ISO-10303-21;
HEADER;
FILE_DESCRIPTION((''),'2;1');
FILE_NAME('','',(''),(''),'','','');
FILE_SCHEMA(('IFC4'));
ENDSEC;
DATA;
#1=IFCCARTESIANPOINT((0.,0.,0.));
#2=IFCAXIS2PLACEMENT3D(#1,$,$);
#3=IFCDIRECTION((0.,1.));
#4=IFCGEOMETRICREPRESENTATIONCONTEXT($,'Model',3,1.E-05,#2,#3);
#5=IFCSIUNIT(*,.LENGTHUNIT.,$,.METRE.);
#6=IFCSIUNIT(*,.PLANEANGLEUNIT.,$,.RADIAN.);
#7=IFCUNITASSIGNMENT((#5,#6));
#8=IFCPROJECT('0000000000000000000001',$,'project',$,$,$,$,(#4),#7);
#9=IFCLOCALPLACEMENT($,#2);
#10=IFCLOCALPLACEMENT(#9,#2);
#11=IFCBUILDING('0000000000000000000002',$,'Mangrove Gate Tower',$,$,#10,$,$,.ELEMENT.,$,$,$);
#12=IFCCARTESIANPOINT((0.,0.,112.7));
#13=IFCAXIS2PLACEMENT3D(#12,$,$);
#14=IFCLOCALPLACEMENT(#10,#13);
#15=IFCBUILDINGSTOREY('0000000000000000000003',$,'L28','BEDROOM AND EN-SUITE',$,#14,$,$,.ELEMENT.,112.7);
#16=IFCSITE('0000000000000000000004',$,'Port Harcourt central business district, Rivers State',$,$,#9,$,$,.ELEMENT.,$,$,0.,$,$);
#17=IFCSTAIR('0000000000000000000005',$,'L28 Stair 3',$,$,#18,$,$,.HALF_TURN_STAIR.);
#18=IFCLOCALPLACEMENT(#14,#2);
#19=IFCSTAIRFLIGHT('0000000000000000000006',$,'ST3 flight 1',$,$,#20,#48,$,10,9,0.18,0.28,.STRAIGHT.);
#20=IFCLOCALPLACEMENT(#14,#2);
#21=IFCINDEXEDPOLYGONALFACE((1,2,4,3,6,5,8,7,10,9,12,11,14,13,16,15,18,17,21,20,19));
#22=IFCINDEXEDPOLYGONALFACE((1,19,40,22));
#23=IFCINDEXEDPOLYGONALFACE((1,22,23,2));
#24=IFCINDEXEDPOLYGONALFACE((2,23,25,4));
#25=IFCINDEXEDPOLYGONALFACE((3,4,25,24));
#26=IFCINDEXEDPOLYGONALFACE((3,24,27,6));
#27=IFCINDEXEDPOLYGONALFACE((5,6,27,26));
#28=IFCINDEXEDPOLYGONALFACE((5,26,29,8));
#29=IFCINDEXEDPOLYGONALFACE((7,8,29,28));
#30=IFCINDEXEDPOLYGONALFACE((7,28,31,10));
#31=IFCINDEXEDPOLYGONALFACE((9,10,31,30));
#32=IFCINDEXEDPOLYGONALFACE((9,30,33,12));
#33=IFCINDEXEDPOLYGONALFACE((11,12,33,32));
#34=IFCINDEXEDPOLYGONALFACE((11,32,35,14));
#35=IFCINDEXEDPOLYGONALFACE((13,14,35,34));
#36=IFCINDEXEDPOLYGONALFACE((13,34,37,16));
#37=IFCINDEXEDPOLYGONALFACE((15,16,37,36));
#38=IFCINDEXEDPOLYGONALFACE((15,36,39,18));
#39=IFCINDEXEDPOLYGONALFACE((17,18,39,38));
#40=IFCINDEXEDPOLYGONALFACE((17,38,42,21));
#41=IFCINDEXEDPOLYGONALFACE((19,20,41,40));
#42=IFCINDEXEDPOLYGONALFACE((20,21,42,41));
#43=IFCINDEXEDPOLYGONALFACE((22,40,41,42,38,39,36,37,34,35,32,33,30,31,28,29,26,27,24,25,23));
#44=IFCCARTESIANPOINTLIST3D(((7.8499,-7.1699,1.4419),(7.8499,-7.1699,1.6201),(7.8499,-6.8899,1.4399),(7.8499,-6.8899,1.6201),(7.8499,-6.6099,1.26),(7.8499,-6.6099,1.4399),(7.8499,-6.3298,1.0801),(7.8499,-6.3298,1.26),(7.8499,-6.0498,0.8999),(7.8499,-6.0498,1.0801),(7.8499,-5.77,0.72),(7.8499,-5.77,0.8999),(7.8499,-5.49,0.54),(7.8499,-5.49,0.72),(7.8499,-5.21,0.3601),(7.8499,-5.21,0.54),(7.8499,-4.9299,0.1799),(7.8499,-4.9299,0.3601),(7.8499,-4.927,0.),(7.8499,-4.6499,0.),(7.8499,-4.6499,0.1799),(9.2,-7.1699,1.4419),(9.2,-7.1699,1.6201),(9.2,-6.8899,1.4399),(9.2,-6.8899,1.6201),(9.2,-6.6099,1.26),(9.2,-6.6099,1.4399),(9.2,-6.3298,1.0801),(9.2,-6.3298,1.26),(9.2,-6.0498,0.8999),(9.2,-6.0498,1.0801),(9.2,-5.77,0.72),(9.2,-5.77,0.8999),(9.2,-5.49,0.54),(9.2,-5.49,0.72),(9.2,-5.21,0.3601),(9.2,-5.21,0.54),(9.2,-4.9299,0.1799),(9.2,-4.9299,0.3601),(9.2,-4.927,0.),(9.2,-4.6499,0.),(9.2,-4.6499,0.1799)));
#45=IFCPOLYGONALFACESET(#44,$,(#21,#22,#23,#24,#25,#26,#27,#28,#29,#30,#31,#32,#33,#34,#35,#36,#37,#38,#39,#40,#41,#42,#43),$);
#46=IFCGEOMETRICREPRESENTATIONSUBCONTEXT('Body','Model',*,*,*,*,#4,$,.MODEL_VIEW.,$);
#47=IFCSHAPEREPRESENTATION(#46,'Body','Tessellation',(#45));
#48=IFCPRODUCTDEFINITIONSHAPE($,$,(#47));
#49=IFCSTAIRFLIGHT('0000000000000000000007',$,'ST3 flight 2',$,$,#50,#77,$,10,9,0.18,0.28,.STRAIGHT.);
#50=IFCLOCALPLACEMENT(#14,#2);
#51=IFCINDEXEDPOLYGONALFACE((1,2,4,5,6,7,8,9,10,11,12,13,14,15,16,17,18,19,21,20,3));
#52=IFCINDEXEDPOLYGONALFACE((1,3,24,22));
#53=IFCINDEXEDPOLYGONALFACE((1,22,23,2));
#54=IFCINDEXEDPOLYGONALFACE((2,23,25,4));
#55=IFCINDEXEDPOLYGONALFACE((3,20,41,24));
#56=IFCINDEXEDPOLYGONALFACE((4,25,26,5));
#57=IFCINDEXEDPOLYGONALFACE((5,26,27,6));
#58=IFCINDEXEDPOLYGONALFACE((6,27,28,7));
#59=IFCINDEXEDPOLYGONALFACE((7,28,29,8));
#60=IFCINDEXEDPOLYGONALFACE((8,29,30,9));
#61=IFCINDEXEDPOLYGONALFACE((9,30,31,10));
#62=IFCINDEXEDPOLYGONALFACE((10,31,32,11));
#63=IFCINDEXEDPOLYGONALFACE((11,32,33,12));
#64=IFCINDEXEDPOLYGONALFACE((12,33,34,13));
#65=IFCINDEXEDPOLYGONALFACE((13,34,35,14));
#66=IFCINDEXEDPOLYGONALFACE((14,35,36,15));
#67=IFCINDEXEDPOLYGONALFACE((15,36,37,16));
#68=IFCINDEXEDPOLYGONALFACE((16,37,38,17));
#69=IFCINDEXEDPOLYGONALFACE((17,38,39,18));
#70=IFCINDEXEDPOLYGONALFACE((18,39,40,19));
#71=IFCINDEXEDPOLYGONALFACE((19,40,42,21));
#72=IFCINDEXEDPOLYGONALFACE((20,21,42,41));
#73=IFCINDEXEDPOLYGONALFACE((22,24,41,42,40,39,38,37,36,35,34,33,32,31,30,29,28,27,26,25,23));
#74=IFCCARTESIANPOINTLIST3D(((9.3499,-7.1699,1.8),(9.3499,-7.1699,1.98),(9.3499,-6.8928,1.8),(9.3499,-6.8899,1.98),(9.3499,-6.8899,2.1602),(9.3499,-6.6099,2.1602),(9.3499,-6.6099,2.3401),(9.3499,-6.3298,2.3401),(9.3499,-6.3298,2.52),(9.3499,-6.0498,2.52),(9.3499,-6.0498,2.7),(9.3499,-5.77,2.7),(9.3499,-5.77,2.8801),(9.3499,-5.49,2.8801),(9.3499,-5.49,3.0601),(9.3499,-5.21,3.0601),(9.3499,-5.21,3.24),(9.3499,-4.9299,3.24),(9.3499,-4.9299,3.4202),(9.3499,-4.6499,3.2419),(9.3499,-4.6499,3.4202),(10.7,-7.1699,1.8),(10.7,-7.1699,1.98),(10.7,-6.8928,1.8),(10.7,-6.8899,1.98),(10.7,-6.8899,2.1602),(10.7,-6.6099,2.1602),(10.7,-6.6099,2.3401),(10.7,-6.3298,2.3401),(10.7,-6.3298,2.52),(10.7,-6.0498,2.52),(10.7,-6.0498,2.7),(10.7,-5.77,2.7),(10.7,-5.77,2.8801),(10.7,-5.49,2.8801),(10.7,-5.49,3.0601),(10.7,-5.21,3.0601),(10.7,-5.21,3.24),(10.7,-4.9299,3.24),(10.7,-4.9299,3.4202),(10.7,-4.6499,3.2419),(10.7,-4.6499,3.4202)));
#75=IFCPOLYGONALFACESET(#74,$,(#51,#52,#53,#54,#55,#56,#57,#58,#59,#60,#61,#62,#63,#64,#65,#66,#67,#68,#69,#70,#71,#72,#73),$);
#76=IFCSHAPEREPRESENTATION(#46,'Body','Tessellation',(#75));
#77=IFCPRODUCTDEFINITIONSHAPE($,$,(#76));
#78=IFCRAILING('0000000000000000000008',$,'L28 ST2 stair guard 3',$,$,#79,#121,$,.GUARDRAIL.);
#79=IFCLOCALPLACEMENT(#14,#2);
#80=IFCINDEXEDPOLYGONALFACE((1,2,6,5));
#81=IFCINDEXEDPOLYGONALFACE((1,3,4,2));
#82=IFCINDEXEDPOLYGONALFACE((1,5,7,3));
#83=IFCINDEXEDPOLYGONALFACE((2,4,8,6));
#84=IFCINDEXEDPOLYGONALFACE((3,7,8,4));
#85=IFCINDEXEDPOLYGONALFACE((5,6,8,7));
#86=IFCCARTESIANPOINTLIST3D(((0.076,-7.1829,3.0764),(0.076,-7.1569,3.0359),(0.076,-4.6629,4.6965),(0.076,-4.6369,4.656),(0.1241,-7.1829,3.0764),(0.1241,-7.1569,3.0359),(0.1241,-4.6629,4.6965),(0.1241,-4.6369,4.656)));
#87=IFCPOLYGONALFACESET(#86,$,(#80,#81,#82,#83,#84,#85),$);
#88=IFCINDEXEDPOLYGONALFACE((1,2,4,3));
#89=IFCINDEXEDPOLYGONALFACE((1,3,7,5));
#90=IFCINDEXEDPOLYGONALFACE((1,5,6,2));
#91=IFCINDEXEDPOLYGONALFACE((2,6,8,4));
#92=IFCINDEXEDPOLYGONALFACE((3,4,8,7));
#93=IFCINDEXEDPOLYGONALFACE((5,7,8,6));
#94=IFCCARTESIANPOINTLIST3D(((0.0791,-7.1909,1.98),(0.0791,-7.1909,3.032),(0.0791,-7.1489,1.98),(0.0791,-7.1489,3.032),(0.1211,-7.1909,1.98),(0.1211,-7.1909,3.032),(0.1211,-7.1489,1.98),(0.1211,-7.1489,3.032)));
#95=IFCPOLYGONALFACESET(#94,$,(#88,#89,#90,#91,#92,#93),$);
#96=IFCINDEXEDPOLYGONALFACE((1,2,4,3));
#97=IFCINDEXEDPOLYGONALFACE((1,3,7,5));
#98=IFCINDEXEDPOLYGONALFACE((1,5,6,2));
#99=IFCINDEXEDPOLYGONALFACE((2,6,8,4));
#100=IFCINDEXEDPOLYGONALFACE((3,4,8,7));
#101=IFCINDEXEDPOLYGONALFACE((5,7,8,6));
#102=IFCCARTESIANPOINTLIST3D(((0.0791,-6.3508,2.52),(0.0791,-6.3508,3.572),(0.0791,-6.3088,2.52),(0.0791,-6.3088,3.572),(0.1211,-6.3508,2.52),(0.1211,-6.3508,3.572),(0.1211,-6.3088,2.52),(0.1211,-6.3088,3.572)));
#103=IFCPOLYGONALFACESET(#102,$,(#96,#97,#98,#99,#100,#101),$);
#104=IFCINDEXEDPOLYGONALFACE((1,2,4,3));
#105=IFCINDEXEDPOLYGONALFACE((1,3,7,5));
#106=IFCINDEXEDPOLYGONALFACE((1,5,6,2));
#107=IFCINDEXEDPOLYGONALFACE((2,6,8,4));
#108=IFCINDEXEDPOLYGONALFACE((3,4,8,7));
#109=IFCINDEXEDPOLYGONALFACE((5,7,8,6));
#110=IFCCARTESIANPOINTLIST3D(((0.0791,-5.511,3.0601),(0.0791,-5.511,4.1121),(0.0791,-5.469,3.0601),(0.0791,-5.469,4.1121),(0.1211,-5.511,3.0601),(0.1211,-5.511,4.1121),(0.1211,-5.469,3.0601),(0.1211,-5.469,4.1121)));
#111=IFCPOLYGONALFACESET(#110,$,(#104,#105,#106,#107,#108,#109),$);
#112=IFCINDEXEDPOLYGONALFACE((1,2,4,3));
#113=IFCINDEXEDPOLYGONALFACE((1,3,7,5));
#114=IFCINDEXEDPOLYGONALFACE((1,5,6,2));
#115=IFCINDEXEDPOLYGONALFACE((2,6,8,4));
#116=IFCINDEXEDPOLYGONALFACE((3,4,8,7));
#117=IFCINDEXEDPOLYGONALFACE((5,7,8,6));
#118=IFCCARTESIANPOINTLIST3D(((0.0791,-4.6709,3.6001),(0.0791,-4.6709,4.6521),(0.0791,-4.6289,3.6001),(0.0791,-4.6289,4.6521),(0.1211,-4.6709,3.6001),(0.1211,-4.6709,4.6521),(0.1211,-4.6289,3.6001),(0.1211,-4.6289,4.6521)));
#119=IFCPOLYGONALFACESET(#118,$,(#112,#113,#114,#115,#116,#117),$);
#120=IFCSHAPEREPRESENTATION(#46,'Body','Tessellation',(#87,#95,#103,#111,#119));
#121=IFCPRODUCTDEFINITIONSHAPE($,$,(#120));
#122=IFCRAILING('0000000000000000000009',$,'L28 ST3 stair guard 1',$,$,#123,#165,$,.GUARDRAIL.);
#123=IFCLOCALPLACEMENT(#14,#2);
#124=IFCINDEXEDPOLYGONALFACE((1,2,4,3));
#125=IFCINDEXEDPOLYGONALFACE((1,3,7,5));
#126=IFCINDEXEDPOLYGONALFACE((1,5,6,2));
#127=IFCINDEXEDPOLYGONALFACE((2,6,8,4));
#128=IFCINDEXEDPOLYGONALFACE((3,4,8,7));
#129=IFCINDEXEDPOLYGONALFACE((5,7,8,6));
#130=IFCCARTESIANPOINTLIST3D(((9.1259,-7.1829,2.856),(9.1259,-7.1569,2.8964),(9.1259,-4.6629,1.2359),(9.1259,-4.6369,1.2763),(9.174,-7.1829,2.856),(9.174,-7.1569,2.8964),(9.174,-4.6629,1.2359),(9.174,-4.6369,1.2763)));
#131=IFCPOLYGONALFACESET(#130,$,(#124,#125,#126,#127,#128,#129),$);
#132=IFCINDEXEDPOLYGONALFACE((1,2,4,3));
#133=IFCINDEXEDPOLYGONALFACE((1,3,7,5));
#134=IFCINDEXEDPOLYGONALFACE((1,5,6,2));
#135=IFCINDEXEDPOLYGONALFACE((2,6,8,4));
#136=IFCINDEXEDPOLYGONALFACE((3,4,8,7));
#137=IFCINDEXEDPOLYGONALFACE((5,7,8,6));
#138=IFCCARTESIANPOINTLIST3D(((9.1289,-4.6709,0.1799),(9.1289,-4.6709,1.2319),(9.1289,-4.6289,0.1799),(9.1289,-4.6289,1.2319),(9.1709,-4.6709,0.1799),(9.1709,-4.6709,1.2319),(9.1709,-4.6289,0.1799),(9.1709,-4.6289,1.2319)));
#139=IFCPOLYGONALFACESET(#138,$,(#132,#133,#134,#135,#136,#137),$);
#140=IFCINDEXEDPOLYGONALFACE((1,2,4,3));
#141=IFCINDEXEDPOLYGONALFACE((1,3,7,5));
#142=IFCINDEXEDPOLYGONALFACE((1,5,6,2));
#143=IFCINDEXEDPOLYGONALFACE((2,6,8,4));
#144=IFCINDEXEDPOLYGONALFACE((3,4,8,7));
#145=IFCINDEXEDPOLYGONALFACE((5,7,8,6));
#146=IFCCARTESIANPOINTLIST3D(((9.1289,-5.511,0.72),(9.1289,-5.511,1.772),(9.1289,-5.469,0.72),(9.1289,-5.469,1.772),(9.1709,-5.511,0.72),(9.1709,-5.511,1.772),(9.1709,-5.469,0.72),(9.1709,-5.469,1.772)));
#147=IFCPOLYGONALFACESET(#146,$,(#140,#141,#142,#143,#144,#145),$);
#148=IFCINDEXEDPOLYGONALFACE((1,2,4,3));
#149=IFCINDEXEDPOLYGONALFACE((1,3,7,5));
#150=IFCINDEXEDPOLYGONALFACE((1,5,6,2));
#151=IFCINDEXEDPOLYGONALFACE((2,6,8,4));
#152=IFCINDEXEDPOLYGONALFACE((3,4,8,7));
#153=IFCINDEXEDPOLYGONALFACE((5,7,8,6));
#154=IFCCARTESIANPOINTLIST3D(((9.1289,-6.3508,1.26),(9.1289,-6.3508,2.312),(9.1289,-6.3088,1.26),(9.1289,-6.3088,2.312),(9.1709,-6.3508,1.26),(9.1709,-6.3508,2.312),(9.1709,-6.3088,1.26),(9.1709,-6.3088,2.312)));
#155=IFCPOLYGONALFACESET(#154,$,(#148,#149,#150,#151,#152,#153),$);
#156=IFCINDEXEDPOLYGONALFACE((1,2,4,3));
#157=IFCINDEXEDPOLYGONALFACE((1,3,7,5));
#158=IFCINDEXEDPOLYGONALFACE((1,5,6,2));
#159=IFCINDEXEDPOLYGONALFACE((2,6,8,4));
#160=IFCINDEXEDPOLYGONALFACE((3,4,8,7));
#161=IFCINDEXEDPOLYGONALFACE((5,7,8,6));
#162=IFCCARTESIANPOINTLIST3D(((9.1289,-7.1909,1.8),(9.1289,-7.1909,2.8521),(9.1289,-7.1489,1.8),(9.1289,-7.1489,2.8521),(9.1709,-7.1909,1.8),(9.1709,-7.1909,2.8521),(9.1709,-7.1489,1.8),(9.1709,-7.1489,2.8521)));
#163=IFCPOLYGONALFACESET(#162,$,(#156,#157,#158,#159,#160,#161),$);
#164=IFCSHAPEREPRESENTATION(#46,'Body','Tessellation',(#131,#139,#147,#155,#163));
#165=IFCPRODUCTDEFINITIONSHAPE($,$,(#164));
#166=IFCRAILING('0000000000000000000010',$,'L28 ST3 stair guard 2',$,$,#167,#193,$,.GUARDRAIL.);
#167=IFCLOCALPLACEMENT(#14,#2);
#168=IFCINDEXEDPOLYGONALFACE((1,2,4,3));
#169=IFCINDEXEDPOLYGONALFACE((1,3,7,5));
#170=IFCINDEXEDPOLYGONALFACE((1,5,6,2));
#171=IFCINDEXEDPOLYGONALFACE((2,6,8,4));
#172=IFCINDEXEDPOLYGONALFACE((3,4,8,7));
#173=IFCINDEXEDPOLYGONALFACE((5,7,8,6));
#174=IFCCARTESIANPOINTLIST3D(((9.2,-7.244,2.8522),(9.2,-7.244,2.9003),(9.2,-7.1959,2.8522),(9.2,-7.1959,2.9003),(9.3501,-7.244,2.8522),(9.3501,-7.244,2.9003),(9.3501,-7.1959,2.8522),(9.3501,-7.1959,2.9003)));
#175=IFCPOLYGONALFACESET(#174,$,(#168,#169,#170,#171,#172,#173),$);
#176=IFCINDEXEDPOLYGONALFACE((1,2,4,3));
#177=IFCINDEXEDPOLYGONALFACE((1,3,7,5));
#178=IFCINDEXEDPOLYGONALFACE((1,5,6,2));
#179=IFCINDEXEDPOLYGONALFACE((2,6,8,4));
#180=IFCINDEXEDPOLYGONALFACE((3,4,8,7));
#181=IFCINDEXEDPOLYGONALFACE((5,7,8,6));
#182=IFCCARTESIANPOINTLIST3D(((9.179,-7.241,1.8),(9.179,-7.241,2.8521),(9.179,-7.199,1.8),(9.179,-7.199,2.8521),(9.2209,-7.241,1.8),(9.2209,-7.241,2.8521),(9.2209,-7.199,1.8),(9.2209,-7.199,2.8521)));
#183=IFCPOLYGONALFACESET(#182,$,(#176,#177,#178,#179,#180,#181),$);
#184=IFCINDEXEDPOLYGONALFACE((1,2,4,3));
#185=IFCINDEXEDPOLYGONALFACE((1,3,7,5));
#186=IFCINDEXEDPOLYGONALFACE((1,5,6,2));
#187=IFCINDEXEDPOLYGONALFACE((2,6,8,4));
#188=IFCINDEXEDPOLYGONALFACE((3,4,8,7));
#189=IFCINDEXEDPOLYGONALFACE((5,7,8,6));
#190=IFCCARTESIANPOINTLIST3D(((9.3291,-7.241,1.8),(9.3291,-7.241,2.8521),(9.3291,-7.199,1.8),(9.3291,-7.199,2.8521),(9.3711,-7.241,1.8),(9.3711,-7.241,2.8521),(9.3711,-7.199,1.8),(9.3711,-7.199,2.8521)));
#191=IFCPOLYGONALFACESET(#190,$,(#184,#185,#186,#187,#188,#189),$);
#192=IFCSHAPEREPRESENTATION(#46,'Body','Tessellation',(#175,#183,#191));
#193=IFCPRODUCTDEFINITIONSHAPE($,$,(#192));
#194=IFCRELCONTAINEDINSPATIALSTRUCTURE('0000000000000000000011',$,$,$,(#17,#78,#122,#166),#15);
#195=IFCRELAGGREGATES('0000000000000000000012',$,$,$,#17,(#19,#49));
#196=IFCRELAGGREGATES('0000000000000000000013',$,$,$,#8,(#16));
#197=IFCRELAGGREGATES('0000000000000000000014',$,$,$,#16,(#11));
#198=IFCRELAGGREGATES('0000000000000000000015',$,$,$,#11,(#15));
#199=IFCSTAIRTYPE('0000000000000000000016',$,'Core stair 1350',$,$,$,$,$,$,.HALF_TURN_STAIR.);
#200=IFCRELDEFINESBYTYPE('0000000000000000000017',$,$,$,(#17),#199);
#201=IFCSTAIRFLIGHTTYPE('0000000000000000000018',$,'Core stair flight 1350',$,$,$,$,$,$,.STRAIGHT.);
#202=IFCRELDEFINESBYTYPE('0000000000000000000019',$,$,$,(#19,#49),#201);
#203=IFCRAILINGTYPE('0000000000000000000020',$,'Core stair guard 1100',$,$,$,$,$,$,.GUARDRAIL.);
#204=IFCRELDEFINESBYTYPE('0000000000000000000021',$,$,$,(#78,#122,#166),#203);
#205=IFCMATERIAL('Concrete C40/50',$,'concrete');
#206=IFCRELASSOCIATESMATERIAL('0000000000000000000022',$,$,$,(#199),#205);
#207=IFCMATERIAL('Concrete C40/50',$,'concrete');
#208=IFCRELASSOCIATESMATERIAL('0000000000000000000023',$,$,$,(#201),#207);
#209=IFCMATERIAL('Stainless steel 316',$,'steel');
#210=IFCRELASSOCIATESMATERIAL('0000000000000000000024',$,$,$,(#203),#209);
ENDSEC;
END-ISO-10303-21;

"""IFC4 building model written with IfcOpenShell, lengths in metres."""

from ifc_helpers import new_model, si_unit, direction, frame, origin, origin_2d, place, context, subcontext, project, spatial, polyline, rectangle, outline, extrude, material, type_object, element, aggregate, save


model = new_model("IFC4")

# Units and contexts
model_context = context("Model", 3, precision=1e-05, world=origin(), true_north=direction((0.0, 1.0)))
body_context = subcontext(model_context, "Body", "Model", "MODEL_VIEW")
ifc_project = project(units=[si_unit("LENGTHUNIT", "METRE"), si_unit("PLANEANGLEUNIT", "RADIAN")], contexts=[model_context])

# Site, building, storey
site_placement = place(None, origin())
site = spatial("IfcSite", under=ifc_project, at=site_placement, Name="Port Harcourt central business district, Rivers State", CompositionType="ELEMENT", RefElevation=0.0)
building_placement = place(site_placement, origin())
building = spatial("IfcBuilding", under=site, at=building_placement, Name="Mangrove Gate Tower", CompositionType="ELEMENT")
storey_placement = place(building_placement, frame((0.0, 0.0, 112.7)))
storey = spatial("IfcBuildingStorey", under=building, at=storey_placement, Name="L28", Description="BEDROOM AND EN-SUITE", CompositionType="ELEMENT", Elevation=112.7)

# Shared definitions
ifc_material_1 = material(Name="Concrete C40/50", Category="concrete")
stair_type = type_object("IfcStairType", Name="Core stair 1350", PredefinedType="HALF_TURN_STAIR", material=ifc_material_1)
ifc_material_2 = material(Name="Concrete C40/50", Category="concrete")
stair_flight_type = type_object("IfcStairFlightType", Name="Core stair flight 1350", PredefinedType="STRAIGHT", material=ifc_material_2)

# Stair, stair flights
stair_1_placement = place(storey_placement, origin())
stair_1 = element("IfcStair", 1, at=stair_1_placement, inside=storey, type_object=stair_type, Name="L28 Stair 3", PredefinedType="HALF_TURN_STAIR")
stair_flight_1_placement = place(storey_placement, frame((8.5249, -4.6499, 0.0), z_axis=(0.0, 0.0, 1.0), x_axis=(0.0, -1.0, 0.0)))
stair_flight_1 = element("IfcStairFlight", 2, at=stair_flight_1_placement, type_object=stair_flight_type, Name="ST3 flight 1", NumberOfRisers=10, NumberOfTreads=9, PredefinedType="STRAIGHT", RiserHeight=0.18, TreadLength=0.28, context=body_context, shape_type="SweptSolid", body=[
    extrude(outline(polyline([(0.0, 0.0), (0.0, 0.1799), (0.28, 0.1799), (0.28, 0.3601), (0.5601, 0.3601), (0.5601, 0.54), (0.8401, 0.54), (0.8401, 0.72), (1.1201, 0.72), (1.1201, 0.8999), (1.3999, 0.8999), (1.3999, 1.0801), (1.6799, 1.0801), (1.6799, 1.26), (1.96, 1.26), (1.96, 1.4399), (2.24, 1.4399), (2.24, 1.6201), (2.52, 1.6201), (2.52, 1.8), (2.52, 1.4419), (0.2771, 0.0), (0.0, 0.0)])), frame((0.0, 0.675, 0.0), z_axis=(0.0, -1.0, 0.0), x_axis=(1.0, 0.0, 0.0)), (0.0, 0.0, 1.0), 1.3501),
])
stair_flight_2_placement = place(storey_placement, frame((10.0249, -7.1699, 1.8), z_axis=(0.0, 0.0, 1.0), x_axis=(0.0, 1.0, 0.0)))
stair_flight_2 = element("IfcStairFlight", 3, at=stair_flight_2_placement, type_object=stair_flight_type, Name="ST3 flight 2", NumberOfRisers=10, NumberOfTreads=9, PredefinedType="STRAIGHT", RiserHeight=0.18, TreadLength=0.28, context=body_context, shape_type="SweptSolid", body=[
    extrude(outline(polyline([(0.0, 0.0), (0.0, 0.1799), (0.28, 0.1799), (0.28, 0.3601), (0.5601, 0.3601), (0.5601, 0.54), (0.8401, 0.54), (0.8401, 0.72), (1.1201, 0.72), (1.1201, 0.8999), (1.3999, 0.8999), (1.3999, 1.0801), (1.6799, 1.0801), (1.6799, 1.26), (1.96, 1.26), (1.96, 1.4399), (2.24, 1.4399), (2.24, 1.6201), (2.52, 1.6201), (2.52, 1.8), (2.52, 1.4419), (0.2771, 0.0), (0.0, 0.0)])), frame((0.0, 0.675, 0.0), z_axis=(0.0, -1.0, 0.0), x_axis=(1.0, 0.0, 0.0)), (0.0, 0.0, 1.0), 1.3501),
])
aggregate(stair_1, [stair_flight_1, stair_flight_2])

# Railings
ifc_material_3 = material(Name="Stainless steel 316", Category="steel")
railing_type_1 = type_object("IfcRailingType", Name="Core stair guard 1100", PredefinedType="GUARDRAIL", material=ifc_material_3)
railing_1_placement = place(storey_placement, frame((0.1001, -7.1699, 1.98)))
element("IfcRailing", 4, at=railing_1_placement, inside=storey, type_object=railing_type_1, Name="L28 ST2 stair guard 3", PredefinedType="GUARDRAIL", context=body_context, shape_type="SweptSolid", body=[
    extrude(rectangle(XDim=0.0481, YDim=0.0481, at=origin_2d()), frame((0.0, 0.0, 1.0762), z_axis=(0.0, 0.841163, 0.540782), x_axis=(-1.0, 0.0, 0.0)), (0.0, 0.0, 1.0), 2.9958),
    extrude(rectangle(XDim=0.042, YDim=0.042, at=origin_2d()), origin(), (0.0, 0.0, 1.0), 1.052),
    extrude(rectangle(XDim=0.042, YDim=0.042, at=origin_2d()), frame((0.0, 0.8401, 0.54)), (0.0, 0.0, 1.0), 1.052),
    extrude(rectangle(XDim=0.042, YDim=0.042, at=origin_2d()), frame((0.0, 1.6799, 1.0801)), (0.0, 0.0, 1.0), 1.052),
    extrude(rectangle(XDim=0.042, YDim=0.042, at=origin_2d()), frame((0.0, 2.52, 1.6201)), (0.0, 0.0, 1.0), 1.052),
])
railing_2_placement = place(storey_placement, frame((9.1499, -4.6499, 0.1799)))
element("IfcRailing", 5, at=railing_2_placement, inside=storey, type_object=railing_type_1, Name="L28 ST3 stair guard 1", PredefinedType="GUARDRAIL", context=body_context, shape_type="SweptSolid", body=[
    extrude(rectangle(XDim=0.0481, YDim=0.0481, at=origin_2d()), frame((0.0, 0.0, 1.0762), z_axis=(0.0, -0.841163, 0.540782), x_axis=(1.0, 0.0, 0.0)), (0.0, 0.0, 1.0), 2.9958),
    extrude(rectangle(XDim=0.042, YDim=0.042, at=origin_2d()), origin(), (0.0, 0.0, 1.0), 1.052),
    extrude(rectangle(XDim=0.042, YDim=0.042, at=origin_2d()), frame((0.0, -0.8401, 0.54)), (0.0, 0.0, 1.0), 1.052),
    extrude(rectangle(XDim=0.042, YDim=0.042, at=origin_2d()), frame((0.0, -1.6799, 1.0801)), (0.0, 0.0, 1.0), 1.052),
    extrude(rectangle(XDim=0.042, YDim=0.042, at=origin_2d()), frame((0.0, -2.52, 1.6201)), (0.0, 0.0, 1.0), 1.052),
])
railing_3_placement = place(storey_placement, frame((9.2, -7.22, 1.8)))
element("IfcRailing", 6, at=railing_3_placement, inside=storey, type_object=railing_type_1, Name="L28 ST3 stair guard 2", PredefinedType="GUARDRAIL", context=body_context, shape_type="SweptSolid", body=[
    extrude(rectangle(XDim=0.0481, YDim=0.0481, at=origin_2d()), frame((0.0, 0.0, 1.0762), z_axis=(1.0, 0.0, 0.0), x_axis=(0.0, 1.0, 0.0)), (0.0, 0.0, 1.0), 0.1501),
    extrude(rectangle(XDim=0.042, YDim=0.042, at=origin_2d()), origin(), (0.0, 0.0, 1.0), 1.052),
    extrude(rectangle(XDim=0.042, YDim=0.042, at=origin_2d()), frame((0.1501, 0.0, 0.0)), (0.0, 0.0, 1.0), 1.052),
])

save(model, "model.ifc")
